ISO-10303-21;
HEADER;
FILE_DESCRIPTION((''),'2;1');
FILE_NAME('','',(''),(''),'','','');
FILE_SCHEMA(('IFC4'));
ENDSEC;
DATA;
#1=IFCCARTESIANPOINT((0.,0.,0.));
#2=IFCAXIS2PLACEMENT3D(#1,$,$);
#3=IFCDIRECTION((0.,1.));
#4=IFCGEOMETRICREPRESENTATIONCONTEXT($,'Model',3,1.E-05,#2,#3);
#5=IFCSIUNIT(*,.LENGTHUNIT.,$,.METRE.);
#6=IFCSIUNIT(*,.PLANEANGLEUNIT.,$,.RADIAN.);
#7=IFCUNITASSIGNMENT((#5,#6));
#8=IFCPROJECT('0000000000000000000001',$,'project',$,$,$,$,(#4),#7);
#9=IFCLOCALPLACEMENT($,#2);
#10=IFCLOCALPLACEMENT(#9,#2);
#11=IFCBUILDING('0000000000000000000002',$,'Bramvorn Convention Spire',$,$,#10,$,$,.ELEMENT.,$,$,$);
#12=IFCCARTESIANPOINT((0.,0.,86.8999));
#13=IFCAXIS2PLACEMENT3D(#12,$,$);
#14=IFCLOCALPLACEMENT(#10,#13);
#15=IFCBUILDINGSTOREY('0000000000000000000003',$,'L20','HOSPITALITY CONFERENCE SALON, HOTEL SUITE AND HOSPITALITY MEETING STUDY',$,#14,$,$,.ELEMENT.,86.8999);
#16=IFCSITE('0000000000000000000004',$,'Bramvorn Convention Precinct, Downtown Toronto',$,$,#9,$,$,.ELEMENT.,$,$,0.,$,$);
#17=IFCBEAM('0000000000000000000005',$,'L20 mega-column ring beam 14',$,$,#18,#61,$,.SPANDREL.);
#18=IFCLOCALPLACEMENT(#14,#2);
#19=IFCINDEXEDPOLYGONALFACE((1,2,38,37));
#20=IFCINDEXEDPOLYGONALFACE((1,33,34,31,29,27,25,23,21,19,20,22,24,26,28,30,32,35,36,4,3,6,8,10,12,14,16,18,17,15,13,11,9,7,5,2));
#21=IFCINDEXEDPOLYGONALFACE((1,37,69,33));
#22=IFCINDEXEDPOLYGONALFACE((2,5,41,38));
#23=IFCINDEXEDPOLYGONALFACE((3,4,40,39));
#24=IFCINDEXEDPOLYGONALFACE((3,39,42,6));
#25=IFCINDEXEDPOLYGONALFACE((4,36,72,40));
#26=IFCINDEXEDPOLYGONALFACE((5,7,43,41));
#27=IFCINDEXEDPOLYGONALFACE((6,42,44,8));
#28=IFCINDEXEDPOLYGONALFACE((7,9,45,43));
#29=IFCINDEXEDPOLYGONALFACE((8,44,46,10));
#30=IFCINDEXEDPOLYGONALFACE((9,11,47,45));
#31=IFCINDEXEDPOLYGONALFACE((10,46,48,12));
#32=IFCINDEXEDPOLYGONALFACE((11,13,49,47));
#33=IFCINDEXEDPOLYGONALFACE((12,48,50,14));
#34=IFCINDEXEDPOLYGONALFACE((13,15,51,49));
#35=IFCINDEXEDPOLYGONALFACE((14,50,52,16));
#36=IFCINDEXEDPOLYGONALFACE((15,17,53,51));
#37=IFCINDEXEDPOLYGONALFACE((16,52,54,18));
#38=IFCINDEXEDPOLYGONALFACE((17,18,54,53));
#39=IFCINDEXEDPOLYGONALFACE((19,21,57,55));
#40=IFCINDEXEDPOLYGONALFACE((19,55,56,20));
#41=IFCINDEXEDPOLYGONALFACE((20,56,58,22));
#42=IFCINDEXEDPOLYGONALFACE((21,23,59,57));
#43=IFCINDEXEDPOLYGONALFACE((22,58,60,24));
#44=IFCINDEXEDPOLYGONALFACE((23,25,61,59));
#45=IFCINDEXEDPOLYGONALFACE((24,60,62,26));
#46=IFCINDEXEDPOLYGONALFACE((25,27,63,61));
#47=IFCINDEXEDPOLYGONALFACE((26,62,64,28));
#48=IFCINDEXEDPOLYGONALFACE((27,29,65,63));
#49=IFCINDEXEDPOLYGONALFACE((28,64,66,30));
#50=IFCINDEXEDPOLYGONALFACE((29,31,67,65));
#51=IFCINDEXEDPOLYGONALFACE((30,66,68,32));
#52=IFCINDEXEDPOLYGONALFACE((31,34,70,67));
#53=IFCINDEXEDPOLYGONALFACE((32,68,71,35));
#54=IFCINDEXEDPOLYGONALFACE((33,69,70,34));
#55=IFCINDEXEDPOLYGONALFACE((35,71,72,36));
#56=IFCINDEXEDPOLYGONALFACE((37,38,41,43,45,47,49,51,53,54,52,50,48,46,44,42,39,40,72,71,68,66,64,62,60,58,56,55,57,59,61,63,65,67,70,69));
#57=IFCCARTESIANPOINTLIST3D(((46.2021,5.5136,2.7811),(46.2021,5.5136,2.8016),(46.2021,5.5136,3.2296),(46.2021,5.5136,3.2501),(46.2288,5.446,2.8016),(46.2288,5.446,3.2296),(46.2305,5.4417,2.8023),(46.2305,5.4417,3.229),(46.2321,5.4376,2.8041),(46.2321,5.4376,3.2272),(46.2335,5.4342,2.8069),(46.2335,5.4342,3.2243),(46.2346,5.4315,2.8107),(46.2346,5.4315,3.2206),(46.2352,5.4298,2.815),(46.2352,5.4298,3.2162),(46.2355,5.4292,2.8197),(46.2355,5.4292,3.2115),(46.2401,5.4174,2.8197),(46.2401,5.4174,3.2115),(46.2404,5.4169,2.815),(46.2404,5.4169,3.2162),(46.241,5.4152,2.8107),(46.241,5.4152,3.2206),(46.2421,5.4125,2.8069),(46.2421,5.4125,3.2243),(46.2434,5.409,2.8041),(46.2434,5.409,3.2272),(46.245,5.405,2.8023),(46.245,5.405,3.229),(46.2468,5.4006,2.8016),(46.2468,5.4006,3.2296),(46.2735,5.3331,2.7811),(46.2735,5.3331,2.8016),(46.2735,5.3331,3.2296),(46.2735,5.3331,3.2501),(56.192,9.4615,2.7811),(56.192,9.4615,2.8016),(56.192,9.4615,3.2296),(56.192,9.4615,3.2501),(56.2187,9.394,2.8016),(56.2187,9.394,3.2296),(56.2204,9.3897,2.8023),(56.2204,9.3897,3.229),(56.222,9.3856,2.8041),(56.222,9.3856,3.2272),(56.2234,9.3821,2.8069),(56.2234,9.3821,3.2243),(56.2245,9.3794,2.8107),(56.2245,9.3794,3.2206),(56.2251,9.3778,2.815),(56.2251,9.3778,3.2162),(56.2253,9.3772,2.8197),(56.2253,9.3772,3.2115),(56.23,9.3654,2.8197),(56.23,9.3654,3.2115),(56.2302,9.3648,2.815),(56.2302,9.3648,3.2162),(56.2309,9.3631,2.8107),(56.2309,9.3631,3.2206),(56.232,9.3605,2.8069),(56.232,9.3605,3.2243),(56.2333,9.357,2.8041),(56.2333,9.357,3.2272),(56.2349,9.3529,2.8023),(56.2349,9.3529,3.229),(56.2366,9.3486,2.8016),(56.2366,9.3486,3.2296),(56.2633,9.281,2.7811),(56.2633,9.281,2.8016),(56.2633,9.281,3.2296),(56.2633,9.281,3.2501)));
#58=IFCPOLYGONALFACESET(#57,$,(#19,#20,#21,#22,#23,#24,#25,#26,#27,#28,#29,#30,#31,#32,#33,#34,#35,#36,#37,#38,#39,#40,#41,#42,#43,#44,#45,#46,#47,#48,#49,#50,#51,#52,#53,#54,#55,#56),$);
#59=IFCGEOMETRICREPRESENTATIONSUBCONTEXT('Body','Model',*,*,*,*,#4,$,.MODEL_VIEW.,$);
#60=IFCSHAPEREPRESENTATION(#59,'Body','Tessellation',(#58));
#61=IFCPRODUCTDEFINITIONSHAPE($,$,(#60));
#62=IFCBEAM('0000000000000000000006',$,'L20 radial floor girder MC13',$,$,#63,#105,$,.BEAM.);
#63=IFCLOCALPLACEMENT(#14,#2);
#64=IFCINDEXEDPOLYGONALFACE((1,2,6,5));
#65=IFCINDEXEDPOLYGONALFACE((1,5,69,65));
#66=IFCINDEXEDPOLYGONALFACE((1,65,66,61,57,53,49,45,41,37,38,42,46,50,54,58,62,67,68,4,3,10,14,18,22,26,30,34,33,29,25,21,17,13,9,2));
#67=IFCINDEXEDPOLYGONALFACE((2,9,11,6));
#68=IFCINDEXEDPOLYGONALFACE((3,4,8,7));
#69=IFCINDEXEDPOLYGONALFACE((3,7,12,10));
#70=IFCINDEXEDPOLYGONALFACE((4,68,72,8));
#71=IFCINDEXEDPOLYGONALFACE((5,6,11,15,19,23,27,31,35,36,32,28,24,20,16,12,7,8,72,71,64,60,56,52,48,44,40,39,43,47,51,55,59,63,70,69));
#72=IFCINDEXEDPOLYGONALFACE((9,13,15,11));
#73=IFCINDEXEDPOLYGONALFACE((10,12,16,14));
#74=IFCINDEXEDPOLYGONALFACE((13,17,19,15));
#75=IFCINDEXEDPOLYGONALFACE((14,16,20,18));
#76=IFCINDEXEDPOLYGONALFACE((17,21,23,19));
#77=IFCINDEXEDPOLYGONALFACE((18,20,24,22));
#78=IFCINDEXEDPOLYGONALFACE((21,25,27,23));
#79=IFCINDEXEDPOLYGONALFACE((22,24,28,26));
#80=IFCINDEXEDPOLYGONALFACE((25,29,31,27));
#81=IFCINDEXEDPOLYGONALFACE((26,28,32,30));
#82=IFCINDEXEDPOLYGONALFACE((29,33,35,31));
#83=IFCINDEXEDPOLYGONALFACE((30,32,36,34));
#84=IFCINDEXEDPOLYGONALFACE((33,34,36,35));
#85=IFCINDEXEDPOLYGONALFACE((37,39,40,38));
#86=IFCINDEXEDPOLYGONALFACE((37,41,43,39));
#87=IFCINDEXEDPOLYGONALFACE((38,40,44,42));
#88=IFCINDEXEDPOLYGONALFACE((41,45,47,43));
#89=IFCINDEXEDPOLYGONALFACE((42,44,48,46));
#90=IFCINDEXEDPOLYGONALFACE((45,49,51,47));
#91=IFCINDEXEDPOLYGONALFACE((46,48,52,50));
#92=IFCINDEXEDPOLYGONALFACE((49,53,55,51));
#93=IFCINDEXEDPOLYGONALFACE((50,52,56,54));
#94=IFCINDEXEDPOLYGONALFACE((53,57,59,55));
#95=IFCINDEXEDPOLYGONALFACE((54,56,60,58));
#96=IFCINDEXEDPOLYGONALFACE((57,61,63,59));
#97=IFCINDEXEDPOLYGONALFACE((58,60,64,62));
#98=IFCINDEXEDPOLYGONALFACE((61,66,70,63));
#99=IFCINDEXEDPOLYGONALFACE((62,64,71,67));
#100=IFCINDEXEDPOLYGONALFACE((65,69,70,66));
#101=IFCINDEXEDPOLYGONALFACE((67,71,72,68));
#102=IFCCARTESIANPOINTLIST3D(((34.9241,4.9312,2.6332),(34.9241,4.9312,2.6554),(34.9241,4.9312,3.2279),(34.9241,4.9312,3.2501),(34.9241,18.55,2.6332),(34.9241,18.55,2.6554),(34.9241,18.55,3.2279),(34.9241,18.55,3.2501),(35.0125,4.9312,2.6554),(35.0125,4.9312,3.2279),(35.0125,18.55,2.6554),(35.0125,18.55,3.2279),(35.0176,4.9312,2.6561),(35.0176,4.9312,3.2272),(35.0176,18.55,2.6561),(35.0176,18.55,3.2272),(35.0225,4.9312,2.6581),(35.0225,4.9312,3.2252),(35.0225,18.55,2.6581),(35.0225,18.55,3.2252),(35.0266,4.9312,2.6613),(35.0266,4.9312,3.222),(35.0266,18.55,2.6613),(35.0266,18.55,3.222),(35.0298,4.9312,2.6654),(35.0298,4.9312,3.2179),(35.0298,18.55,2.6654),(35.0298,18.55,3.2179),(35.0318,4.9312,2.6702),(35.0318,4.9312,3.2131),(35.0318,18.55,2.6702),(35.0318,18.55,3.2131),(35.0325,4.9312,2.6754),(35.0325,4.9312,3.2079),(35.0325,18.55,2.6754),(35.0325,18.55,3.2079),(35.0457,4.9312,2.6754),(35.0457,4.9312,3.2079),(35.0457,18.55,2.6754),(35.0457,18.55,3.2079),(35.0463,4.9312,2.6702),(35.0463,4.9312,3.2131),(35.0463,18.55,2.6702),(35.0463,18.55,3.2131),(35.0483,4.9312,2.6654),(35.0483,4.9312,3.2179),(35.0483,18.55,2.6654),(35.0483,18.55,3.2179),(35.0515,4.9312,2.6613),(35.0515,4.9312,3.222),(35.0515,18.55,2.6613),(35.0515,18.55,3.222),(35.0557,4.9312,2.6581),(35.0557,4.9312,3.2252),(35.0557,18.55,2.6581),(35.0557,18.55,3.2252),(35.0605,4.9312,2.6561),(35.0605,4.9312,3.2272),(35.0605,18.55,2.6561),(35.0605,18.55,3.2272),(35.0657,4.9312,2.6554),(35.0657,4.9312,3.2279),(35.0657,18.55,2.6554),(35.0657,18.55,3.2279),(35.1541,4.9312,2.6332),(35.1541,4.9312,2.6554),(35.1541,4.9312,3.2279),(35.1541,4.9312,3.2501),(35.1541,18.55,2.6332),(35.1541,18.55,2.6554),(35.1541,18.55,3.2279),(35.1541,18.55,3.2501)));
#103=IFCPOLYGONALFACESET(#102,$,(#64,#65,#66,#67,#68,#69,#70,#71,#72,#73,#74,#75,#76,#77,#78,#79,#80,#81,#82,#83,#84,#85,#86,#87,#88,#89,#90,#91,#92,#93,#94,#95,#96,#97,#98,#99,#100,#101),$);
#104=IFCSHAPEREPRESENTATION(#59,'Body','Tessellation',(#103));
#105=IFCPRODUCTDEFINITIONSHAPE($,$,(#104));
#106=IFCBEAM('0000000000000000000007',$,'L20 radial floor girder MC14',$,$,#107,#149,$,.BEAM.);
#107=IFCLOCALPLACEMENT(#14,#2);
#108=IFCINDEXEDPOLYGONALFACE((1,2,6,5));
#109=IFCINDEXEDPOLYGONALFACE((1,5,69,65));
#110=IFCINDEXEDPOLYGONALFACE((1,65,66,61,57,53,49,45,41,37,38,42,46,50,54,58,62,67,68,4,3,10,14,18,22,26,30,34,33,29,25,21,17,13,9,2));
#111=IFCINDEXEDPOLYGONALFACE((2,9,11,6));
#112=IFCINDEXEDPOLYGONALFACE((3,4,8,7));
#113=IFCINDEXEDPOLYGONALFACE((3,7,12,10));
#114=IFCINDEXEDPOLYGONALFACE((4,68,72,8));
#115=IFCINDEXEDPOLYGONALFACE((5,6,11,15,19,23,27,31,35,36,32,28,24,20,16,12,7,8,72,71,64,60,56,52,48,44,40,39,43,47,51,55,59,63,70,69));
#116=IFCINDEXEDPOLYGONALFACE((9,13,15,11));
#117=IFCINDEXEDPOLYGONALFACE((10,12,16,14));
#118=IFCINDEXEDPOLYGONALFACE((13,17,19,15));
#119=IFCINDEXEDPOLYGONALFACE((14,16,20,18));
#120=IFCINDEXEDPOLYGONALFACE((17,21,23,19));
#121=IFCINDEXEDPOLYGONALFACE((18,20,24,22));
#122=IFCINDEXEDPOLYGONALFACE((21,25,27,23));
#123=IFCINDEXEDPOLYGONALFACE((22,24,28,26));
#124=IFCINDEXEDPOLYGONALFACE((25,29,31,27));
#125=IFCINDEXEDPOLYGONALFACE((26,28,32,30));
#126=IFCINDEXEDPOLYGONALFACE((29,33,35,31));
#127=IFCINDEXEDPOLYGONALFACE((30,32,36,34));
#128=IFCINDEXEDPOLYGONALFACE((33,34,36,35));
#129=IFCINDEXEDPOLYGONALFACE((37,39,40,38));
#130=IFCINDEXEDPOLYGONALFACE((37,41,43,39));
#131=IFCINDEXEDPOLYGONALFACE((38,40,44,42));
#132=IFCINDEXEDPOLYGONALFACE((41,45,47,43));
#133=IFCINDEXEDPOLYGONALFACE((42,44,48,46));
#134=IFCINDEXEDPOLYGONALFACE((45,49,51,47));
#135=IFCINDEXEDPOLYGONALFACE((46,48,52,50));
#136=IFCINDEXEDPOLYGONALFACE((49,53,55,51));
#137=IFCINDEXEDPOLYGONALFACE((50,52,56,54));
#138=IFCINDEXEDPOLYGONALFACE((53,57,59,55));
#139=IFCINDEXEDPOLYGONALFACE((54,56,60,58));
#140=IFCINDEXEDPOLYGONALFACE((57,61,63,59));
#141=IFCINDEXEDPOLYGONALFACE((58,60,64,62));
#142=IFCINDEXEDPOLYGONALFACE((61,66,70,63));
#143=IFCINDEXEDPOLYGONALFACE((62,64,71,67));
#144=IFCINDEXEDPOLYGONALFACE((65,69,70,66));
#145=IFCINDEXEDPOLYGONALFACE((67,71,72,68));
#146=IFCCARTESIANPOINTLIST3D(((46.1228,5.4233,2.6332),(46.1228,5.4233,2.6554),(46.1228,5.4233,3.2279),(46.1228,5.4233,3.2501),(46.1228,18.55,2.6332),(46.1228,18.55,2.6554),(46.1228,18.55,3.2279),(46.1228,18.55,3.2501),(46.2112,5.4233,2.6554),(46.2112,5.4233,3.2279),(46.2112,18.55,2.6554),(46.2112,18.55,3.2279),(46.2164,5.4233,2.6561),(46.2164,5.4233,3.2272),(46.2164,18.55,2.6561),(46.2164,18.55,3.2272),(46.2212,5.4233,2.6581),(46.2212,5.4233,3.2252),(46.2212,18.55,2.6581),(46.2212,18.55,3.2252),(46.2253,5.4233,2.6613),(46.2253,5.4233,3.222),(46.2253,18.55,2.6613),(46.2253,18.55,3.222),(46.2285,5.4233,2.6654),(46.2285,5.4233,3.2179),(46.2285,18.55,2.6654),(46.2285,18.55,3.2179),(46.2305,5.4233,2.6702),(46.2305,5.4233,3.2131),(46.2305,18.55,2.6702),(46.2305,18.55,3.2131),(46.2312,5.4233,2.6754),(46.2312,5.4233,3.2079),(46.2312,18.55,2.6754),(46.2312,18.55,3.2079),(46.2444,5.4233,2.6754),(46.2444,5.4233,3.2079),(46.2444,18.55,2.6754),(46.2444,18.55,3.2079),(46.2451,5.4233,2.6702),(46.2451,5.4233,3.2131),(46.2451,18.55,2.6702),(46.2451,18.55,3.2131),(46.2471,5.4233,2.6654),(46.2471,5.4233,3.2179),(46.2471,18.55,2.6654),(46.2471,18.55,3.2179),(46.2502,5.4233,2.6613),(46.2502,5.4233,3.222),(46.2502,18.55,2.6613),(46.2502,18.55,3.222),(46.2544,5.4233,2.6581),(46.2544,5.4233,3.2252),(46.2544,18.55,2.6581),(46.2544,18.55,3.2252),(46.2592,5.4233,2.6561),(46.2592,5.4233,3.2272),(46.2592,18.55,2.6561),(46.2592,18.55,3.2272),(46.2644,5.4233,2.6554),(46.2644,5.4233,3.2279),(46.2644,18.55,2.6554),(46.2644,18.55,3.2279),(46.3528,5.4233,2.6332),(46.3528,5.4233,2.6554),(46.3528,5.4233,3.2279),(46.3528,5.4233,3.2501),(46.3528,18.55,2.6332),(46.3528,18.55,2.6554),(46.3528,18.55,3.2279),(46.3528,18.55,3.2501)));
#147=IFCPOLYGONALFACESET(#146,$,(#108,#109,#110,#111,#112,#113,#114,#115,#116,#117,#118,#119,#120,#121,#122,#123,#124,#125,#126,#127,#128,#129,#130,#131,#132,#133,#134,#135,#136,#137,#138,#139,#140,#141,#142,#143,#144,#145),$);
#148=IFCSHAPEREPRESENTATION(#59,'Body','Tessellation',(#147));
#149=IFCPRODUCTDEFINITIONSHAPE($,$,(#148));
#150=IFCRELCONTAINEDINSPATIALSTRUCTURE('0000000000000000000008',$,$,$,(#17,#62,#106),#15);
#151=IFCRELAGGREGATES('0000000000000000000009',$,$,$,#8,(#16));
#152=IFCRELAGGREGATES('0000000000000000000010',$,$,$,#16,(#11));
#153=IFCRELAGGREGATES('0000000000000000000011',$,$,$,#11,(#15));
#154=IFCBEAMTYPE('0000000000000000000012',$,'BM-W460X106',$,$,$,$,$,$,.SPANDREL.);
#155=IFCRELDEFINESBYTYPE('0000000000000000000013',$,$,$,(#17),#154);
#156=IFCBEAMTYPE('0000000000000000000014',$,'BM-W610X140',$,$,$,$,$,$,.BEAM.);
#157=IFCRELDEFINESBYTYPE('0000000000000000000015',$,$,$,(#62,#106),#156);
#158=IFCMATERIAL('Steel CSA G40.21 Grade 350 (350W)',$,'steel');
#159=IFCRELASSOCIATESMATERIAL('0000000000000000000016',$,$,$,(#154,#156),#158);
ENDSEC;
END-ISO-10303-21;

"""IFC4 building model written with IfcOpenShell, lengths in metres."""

from ifc_helpers import new_model, si_unit, direction, frame, origin, origin_2d, place, context, subcontext, project, spatial, i_section, extrude, material, material_profile, profile_set, type_object, element, save


model = new_model("IFC4")

# Units and contexts
model_context = context("Model", 3, precision=1e-05, world=origin(), true_north=direction((0.0, 1.0)))
body_context = subcontext(model_context, "Body", "Model", "MODEL_VIEW")
ifc_project = project(units=[si_unit("LENGTHUNIT", "METRE"), si_unit("PLANEANGLEUNIT", "RADIAN")], contexts=[model_context])

# Site, building, storey
site_placement = place(None, origin())
site = spatial("IfcSite", under=ifc_project, at=site_placement, Name="Bramvorn Convention Precinct, Downtown Toronto", CompositionType="ELEMENT", RefElevation=0.0)
building_placement = place(site_placement, origin())
building = spatial("IfcBuilding", under=site, at=building_placement, Name="Bramvorn Convention Spire", CompositionType="ELEMENT")
storey_placement = place(building_placement, frame((0.0, 0.0, 86.8999)))
storey = spatial("IfcBuildingStorey", under=building, at=storey_placement, Name="L20", Description="HOSPITALITY CONFERENCE SALON, HOTEL SUITE AND HOSPITALITY MEETING STUDY", CompositionType="ELEMENT", Elevation=86.8999)

# Shared definitions
ifc_material_1 = material(Name="Steel CSA G40.21 Grade 350 (350W)", Category="steel")

# Beams
ifc_material_profile_1 = material_profile(ifc_material_1, i_section(OverallWidth=0.1941, OverallDepth=0.469, WebThickness=0.0127, FlangeThickness=0.0205, FilletRadius=0.0181, at=origin_2d()))
ifc_profile_set_1 = profile_set([ifc_material_profile_1], Name="Steel CSA G40.21 Grade 350 (350W) - W460X106")
beam_type_1 = type_object("IfcBeamType", Name="BM-W460X106", PredefinedType="SPANDREL", material=ifc_profile_set_1)
beam_1_placement = place(storey_placement, frame((46.2378, 5.4233, 3.0156), z_axis=(0.93001, 0.367535, 0.0), x_axis=(-0.367535, 0.93001, 0.0)))
element("IfcBeam", 1, at=beam_1_placement, inside=storey, type_object=beam_type_1, Name="L20 mega-column ring beam 14", PredefinedType="SPANDREL", context=body_context, shape_type="SweptSolid", body=[
    extrude(i_section(OverallWidth=0.1941, OverallDepth=0.469, WebThickness=0.0127, FlangeThickness=0.0205, FilletRadius=0.0181, at=origin_2d()), origin(), (0.0, 0.0, 1.0), 10.7417),
])
ifc_material_profile_2 = material_profile(ifc_material_1, i_section(OverallWidth=0.23, OverallDepth=0.6169, WebThickness=0.0132, FlangeThickness=0.0222, FilletRadius=0.02, at=origin_2d()))
ifc_profile_set_2 = profile_set([ifc_material_profile_2], Name="Steel CSA G40.21 Grade 350 (350W) - W610X140")
beam_type_2 = type_object("IfcBeamType", Name="BM-W610X140", PredefinedType="BEAM", material=ifc_profile_set_2)
beam_2_placement = place(storey_placement, frame((35.0391, 18.55, 2.9417), z_axis=(0.0, -1.0, 0.0), x_axis=(1.0, 0.0, 0.0)))
element("IfcBeam", 2, at=beam_2_placement, inside=storey, type_object=beam_type_2, Name="L20 radial floor girder MC13", PredefinedType="BEAM", context=body_context, shape_type="SweptSolid", body=[
    extrude(i_section(OverallWidth=0.23, OverallDepth=0.6169, WebThickness=0.0132, FlangeThickness=0.0222, FilletRadius=0.02, at=origin_2d()), origin(), (0.0, 0.0, 1.0), 13.6189),
])
beam_3_placement = place(storey_placement, frame((46.2378, 18.55, 2.9417), z_axis=(0.0, -1.0, 0.0), x_axis=(1.0, 0.0, 0.0)))
element("IfcBeam", 3, at=beam_3_placement, inside=storey, type_object=beam_type_2, Name="L20 radial floor girder MC14", PredefinedType="BEAM", context=body_context, shape_type="SweptSolid", body=[
    extrude(i_section(OverallWidth=0.23, OverallDepth=0.6169, WebThickness=0.0132, FlangeThickness=0.0222, FilletRadius=0.02, at=origin_2d()), origin(), (0.0, 0.0, 1.0), 13.1267),
])

save(model, "model.ifc")
